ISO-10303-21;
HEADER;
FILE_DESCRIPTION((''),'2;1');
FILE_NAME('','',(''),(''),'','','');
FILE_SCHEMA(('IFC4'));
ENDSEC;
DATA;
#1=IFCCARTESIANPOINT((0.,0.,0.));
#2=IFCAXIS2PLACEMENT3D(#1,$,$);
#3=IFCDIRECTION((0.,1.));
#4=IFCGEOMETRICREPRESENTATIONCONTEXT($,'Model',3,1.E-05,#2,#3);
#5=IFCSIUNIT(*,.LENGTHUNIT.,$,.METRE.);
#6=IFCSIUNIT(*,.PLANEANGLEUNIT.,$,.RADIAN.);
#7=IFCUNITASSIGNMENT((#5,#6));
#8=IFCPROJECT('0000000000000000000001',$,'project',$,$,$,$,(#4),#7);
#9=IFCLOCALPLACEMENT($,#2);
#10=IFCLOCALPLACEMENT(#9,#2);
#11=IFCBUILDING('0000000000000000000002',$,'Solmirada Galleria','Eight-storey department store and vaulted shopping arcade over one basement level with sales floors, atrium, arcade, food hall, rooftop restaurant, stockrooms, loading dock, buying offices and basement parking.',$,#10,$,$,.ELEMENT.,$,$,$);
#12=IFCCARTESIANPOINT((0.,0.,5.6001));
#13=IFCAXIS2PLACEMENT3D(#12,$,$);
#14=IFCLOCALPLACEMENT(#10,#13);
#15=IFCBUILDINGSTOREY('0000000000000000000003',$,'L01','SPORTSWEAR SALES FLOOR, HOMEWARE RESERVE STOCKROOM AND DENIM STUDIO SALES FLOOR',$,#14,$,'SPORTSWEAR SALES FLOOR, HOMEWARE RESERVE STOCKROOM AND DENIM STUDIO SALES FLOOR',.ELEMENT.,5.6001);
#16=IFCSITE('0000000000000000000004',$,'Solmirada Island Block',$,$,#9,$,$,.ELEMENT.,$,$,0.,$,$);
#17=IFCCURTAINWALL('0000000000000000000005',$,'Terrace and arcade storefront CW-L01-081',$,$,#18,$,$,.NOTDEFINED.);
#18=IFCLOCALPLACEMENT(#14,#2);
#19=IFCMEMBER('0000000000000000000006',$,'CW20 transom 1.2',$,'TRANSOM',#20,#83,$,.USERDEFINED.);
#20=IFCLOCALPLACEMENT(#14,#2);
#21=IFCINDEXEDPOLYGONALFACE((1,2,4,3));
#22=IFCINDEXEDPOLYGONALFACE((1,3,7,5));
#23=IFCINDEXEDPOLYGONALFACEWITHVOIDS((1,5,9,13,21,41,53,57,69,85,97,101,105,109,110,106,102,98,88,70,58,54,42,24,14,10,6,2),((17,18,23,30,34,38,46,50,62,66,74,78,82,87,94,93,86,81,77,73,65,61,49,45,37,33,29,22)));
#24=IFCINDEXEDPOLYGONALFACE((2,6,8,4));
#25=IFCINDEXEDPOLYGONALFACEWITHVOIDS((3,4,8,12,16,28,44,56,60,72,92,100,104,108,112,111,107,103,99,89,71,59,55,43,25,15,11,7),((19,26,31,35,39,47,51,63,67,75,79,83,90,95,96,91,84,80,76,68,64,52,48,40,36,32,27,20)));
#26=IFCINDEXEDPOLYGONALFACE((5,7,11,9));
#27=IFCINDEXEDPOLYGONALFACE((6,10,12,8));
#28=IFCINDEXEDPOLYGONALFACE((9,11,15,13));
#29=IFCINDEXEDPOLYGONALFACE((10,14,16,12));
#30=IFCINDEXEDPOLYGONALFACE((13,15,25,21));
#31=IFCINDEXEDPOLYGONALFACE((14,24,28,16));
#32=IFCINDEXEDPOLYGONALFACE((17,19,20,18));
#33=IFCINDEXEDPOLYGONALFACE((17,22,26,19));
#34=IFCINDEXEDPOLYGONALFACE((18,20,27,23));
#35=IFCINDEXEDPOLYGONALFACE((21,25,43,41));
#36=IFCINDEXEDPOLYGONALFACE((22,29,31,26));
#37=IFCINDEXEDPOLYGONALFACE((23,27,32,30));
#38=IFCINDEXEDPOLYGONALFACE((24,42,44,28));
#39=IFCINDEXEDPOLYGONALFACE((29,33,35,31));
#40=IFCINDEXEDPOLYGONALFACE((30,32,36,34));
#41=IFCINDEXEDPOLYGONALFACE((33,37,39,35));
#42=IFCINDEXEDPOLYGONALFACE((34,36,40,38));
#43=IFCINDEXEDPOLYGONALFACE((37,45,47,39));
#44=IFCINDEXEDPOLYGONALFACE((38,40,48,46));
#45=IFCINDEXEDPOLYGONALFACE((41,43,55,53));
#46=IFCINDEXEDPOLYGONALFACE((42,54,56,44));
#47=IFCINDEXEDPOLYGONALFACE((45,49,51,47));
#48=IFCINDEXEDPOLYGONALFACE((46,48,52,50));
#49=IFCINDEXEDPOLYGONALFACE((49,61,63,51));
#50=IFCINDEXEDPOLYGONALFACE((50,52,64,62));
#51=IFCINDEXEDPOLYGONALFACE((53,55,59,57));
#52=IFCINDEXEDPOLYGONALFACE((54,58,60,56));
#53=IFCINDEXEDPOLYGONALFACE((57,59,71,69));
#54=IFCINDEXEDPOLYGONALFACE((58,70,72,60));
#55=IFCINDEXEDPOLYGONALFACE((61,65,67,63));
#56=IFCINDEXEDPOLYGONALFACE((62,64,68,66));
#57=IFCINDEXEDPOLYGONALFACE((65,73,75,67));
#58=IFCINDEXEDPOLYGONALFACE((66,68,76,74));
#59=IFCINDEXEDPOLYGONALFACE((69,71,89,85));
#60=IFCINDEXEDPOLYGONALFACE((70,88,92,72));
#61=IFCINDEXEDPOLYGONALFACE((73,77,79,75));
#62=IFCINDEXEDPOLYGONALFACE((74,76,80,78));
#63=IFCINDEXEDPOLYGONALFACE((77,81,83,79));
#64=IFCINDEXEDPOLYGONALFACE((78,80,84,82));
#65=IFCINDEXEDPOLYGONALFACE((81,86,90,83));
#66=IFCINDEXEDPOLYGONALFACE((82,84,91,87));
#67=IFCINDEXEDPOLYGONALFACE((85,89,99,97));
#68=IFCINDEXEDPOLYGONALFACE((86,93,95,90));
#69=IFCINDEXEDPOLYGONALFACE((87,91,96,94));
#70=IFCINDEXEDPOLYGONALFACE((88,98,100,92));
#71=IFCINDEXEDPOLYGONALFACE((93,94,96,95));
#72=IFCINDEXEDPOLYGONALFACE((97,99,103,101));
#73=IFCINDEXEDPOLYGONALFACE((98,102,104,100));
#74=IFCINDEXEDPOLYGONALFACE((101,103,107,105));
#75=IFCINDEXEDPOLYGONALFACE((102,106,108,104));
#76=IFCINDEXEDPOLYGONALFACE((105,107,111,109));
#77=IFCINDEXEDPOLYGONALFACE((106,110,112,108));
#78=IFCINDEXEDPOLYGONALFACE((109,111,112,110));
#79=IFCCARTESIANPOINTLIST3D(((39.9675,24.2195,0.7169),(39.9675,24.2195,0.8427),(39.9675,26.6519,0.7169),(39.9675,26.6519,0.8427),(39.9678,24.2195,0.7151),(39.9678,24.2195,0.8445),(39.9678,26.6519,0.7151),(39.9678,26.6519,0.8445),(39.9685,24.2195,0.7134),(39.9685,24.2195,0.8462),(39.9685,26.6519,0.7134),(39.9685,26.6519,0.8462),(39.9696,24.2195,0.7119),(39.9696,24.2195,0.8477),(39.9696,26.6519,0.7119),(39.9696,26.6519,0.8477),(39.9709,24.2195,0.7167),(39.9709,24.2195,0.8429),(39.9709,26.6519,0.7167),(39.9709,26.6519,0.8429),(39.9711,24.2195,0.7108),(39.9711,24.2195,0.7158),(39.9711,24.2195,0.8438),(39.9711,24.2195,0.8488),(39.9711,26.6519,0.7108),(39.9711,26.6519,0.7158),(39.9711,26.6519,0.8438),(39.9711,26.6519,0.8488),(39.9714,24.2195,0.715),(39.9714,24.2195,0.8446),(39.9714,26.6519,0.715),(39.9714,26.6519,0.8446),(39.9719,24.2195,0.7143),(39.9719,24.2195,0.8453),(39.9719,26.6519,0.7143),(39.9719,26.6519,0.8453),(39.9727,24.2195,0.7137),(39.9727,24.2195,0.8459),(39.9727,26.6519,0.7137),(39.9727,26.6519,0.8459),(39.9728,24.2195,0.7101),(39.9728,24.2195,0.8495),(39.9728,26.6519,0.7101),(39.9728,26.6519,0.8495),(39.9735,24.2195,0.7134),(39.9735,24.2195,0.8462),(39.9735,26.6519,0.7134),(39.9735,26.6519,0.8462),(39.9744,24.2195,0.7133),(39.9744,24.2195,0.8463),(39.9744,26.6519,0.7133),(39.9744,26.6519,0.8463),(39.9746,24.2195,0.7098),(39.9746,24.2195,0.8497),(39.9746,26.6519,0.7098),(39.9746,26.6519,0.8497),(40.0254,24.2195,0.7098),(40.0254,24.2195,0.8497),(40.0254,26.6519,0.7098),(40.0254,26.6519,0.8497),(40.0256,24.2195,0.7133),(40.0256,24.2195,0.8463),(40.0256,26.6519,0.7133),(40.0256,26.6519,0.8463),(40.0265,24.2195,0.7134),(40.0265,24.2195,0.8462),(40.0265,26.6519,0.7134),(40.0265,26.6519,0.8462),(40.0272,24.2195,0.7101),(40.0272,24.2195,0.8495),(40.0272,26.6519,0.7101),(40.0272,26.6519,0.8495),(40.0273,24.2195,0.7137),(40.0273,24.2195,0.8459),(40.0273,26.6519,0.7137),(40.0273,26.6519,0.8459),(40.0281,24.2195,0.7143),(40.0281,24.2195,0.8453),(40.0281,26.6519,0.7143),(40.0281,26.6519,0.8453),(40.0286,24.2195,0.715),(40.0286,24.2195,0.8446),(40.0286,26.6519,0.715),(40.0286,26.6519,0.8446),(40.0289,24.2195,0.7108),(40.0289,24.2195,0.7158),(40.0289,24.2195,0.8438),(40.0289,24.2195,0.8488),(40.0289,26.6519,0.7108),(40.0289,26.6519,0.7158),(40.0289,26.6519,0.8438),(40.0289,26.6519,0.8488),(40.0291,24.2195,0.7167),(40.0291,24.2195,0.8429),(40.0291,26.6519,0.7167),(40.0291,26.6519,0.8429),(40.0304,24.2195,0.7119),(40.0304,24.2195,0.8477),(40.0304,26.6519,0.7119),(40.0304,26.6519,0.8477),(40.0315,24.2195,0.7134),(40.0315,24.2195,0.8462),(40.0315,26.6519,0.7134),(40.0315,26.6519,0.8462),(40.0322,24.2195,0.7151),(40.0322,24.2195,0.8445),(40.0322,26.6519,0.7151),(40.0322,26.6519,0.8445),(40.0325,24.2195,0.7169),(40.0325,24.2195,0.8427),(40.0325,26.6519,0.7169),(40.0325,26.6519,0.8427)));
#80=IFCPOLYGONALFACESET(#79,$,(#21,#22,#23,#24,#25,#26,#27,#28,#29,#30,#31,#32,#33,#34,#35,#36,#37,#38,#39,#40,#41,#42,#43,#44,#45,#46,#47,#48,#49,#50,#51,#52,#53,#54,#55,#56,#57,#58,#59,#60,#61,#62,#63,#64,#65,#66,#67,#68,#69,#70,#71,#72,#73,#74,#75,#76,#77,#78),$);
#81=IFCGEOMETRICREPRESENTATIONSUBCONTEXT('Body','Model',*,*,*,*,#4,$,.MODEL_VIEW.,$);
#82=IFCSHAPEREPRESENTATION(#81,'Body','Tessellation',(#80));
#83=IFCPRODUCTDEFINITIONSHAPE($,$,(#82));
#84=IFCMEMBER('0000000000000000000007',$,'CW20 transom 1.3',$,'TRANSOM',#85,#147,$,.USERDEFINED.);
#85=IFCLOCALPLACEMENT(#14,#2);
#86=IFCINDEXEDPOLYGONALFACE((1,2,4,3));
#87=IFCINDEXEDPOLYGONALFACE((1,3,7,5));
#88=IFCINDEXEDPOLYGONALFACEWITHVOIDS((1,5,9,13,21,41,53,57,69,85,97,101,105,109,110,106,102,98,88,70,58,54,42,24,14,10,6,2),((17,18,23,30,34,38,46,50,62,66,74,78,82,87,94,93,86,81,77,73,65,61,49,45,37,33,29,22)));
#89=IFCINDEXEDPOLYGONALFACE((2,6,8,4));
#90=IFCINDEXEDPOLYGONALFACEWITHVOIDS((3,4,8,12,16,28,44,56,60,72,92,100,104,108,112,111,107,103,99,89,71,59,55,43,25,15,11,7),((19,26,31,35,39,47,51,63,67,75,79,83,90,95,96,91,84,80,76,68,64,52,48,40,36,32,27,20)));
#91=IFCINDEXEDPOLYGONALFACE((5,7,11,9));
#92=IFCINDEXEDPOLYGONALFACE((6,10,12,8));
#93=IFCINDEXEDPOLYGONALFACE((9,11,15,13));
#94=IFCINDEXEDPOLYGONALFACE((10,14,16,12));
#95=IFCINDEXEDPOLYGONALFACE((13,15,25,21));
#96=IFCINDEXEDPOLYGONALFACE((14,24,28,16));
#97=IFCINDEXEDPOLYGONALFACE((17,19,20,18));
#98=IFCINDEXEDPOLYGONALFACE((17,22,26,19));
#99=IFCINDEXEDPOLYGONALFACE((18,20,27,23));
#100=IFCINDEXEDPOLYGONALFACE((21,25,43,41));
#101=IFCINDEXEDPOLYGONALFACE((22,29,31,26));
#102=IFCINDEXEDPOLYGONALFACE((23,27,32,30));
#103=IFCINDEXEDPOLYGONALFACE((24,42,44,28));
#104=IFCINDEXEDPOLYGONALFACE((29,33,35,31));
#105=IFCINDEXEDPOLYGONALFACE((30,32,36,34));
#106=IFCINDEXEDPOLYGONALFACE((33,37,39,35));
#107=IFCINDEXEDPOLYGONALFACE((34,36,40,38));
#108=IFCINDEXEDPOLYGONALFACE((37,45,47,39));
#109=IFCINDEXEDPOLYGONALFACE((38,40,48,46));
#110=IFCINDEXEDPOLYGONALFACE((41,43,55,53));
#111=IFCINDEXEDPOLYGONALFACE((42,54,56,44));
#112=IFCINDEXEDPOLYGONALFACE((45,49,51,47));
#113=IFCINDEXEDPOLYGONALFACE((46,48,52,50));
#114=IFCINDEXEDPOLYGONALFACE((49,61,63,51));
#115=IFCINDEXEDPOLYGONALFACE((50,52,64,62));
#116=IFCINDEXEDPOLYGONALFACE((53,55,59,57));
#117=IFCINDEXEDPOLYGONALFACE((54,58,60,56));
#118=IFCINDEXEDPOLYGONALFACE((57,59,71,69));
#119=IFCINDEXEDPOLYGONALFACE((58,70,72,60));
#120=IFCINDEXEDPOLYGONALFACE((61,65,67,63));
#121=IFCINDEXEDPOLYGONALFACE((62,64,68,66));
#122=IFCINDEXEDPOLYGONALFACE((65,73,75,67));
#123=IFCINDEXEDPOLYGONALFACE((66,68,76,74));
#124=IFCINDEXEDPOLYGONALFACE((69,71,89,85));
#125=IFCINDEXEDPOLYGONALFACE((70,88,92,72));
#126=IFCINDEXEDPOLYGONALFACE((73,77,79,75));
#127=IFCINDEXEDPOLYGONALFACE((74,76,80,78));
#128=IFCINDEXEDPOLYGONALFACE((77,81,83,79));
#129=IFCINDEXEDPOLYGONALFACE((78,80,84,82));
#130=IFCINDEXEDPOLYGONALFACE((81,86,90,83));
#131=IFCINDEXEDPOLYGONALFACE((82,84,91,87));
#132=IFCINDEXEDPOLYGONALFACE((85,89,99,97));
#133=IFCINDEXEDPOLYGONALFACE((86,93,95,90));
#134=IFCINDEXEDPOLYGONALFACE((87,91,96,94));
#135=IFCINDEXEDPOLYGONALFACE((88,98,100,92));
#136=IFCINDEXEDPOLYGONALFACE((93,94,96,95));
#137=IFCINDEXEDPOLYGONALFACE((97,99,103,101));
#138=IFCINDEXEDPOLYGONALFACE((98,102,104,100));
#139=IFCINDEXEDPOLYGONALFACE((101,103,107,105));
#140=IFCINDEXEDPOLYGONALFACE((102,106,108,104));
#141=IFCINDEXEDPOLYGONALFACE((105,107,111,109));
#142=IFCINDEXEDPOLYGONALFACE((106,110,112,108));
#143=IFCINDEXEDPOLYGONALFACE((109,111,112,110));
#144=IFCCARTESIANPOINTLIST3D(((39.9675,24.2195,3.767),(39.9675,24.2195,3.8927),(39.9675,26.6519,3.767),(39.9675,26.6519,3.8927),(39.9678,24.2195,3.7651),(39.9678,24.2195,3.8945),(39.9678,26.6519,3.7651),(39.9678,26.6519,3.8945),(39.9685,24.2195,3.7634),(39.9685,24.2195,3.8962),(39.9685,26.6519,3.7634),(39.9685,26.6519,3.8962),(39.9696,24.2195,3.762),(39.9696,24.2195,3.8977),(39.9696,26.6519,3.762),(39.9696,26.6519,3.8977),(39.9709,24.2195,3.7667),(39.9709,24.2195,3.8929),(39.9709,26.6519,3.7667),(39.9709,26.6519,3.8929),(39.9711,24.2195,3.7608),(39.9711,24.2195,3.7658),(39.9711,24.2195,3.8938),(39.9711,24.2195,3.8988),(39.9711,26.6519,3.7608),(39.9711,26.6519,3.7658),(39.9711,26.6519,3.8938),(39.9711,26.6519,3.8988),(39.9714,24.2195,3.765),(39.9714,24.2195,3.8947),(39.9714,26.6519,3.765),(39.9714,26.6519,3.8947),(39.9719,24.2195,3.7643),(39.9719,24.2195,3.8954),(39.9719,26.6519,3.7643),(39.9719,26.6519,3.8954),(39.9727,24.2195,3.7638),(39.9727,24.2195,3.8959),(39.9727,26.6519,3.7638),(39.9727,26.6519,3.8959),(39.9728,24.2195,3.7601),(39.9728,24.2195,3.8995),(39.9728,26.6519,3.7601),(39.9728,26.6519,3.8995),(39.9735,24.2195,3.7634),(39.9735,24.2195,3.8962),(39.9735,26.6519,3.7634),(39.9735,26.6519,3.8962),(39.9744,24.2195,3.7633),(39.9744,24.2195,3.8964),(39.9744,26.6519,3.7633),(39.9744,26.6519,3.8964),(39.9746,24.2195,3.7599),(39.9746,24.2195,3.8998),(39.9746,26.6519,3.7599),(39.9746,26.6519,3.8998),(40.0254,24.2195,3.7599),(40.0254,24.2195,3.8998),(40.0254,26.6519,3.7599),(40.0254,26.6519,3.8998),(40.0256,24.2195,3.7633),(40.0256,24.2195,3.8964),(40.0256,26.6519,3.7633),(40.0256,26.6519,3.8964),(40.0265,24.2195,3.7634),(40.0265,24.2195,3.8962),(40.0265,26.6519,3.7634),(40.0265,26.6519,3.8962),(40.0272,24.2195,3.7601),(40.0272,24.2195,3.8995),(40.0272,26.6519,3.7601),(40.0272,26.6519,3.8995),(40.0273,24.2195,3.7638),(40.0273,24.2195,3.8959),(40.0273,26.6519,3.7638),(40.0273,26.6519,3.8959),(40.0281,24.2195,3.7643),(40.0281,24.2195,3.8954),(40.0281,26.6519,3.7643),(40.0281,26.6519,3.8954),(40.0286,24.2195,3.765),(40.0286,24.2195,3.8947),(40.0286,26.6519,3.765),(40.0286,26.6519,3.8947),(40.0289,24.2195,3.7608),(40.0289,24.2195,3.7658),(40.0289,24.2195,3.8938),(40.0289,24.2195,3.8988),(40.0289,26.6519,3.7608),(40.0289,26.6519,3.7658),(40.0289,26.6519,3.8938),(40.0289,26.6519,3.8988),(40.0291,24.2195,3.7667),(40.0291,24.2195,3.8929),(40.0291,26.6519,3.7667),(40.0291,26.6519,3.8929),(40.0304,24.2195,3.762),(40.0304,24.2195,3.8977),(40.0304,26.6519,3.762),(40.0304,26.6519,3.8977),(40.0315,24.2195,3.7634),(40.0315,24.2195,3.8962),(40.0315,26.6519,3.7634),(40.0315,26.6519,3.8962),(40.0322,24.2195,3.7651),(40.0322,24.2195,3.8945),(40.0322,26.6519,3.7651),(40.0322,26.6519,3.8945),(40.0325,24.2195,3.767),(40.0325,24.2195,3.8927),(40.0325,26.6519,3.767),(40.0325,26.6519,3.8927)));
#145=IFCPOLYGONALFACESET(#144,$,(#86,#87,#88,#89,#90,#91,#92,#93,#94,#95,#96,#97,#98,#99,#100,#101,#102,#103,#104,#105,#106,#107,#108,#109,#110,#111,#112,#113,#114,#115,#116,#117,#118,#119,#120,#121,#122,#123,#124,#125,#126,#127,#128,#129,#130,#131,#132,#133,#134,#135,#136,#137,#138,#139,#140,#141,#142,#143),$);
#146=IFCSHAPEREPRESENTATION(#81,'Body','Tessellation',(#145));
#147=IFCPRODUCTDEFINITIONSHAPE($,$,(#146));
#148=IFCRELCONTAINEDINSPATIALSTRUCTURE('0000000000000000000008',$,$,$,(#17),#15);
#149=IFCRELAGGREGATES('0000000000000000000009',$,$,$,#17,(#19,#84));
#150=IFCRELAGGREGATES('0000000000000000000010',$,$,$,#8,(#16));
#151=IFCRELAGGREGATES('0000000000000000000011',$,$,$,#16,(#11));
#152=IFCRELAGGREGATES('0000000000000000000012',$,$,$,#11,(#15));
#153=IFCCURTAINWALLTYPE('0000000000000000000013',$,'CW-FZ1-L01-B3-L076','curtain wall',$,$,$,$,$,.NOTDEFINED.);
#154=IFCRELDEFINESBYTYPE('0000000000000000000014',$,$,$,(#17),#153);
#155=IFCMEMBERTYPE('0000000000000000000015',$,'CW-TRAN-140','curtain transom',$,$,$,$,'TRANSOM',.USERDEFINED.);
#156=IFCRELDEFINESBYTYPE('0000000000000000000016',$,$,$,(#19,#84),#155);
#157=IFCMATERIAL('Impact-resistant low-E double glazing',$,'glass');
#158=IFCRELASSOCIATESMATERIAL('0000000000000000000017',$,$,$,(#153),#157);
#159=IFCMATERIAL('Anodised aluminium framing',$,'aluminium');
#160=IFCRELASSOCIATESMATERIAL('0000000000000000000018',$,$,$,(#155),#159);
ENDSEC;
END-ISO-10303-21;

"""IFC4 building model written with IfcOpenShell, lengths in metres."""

from ifc_helpers import new_model, si_unit, direction, frame, origin, origin_2d, place, context, subcontext, project, spatial, hollow_rectangle, extrude, material, material_profile, profile_set, type_object, element, aggregate, save


model = new_model("IFC4")

# Units and contexts
model_context = context("Model", 3, precision=1e-05, world=origin(), true_north=direction((0.0, 1.0)))
body_context = subcontext(model_context, "Body", "Model", "MODEL_VIEW")
ifc_project = project(units=[si_unit("LENGTHUNIT", "METRE"), si_unit("PLANEANGLEUNIT", "RADIAN")], contexts=[model_context])

# Site, building, storey
site_placement = place(None, origin())
site = spatial("IfcSite", under=ifc_project, at=site_placement, Name="Solmirada Island Block", CompositionType="ELEMENT", RefElevation=0.0)
building_placement = place(site_placement, origin())
building = spatial("IfcBuilding", under=site, at=building_placement, Name="Solmirada Galleria", Description="Eight-storey department store and vaulted shopping arcade over one basement level with sales floors, atrium, arcade, food hall, rooftop restaurant, stockrooms, loading dock, buying offices and basement parking.", CompositionType="ELEMENT")
storey_placement = place(building_placement, frame((0.0, 0.0, 5.6001)))
storey = spatial("IfcBuildingStorey", under=building, at=storey_placement, Name="L01", Description="SPORTSWEAR SALES FLOOR, HOMEWARE RESERVE STOCKROOM AND DENIM STUDIO SALES FLOOR", LongName="SPORTSWEAR SALES FLOOR, HOMEWARE RESERVE STOCKROOM AND DENIM STUDIO SALES FLOOR", CompositionType="ELEMENT", Elevation=5.6001)

# Shared definitions
ifc_material_1 = material(Name="Impact-resistant low-E double glazing", Category="glass")
ifc_material_2 = material(Name="Anodised aluminium framing", Category="aluminium")

# Curtain wall
curtain_wall_type_1 = type_object("IfcCurtainWallType", Name="CW-FZ1-L01-B3-L076", Description="curtain wall", PredefinedType="NOTDEFINED", material=ifc_material_1)
curtain_wall_1_placement = place(storey_placement, origin())
curtain_wall_1 = element("IfcCurtainWall", 1, at=curtain_wall_1_placement, inside=storey, type_object=curtain_wall_type_1, Name="Terrace and arcade storefront CW-L01-081", PredefinedType="NOTDEFINED")

# Members
ifc_material_profile_1 = material_profile(ifc_material_2, hollow_rectangle(XDim=0.0649, YDim=0.1399, WallThickness=0.0034, InnerFilletRadius=0.0034, OuterFilletRadius=0.0071, at=origin_2d()), Name="ALU-TRAN-140X65")
ifc_profile_set_1 = profile_set([ifc_material_profile_1], Name="Anodised aluminium framing")
member_type_1 = type_object("IfcMemberType", Name="CW-TRAN-140", Description="curtain transom", ElementType="TRANSOM", PredefinedType="USERDEFINED", material=ifc_profile_set_1)
member_1_placement = place(storey_placement, frame((40.0, 24.2195, 0.7798), z_axis=(0.0, 1.0, 0.0), x_axis=(-1.0, 0.0, 0.0)))
member_1 = element("IfcMember", 2, at=member_1_placement, type_object=member_type_1, Name="CW20 transom 1.2", ObjectType="TRANSOM", PredefinedType="USERDEFINED", context=body_context, shape_type="SweptSolid", body=[
    extrude(hollow_rectangle(XDim=0.0649, YDim=0.1399, WallThickness=0.0034, InnerFilletRadius=0.0034, OuterFilletRadius=0.0071, at=origin_2d()), origin(), (0.0, 0.0, 1.0), 2.4324),
])
member_2_placement = place(storey_placement, frame((40.0, 24.2195, 3.8298), z_axis=(0.0, 1.0, 0.0), x_axis=(-1.0, 0.0, 0.0)))
member_2 = element("IfcMember", 3, at=member_2_placement, type_object=member_type_1, Name="CW20 transom 1.3", ObjectType="TRANSOM", PredefinedType="USERDEFINED", context=body_context, shape_type="SweptSolid", body=[
    extrude(hollow_rectangle(XDim=0.0649, YDim=0.1399, WallThickness=0.0034, InnerFilletRadius=0.0034, OuterFilletRadius=0.0071, at=origin_2d()), origin(), (0.0, 0.0, 1.0), 2.4324),
])

aggregate(curtain_wall_1, [member_1, member_2])

save(model, "model.ifc")
